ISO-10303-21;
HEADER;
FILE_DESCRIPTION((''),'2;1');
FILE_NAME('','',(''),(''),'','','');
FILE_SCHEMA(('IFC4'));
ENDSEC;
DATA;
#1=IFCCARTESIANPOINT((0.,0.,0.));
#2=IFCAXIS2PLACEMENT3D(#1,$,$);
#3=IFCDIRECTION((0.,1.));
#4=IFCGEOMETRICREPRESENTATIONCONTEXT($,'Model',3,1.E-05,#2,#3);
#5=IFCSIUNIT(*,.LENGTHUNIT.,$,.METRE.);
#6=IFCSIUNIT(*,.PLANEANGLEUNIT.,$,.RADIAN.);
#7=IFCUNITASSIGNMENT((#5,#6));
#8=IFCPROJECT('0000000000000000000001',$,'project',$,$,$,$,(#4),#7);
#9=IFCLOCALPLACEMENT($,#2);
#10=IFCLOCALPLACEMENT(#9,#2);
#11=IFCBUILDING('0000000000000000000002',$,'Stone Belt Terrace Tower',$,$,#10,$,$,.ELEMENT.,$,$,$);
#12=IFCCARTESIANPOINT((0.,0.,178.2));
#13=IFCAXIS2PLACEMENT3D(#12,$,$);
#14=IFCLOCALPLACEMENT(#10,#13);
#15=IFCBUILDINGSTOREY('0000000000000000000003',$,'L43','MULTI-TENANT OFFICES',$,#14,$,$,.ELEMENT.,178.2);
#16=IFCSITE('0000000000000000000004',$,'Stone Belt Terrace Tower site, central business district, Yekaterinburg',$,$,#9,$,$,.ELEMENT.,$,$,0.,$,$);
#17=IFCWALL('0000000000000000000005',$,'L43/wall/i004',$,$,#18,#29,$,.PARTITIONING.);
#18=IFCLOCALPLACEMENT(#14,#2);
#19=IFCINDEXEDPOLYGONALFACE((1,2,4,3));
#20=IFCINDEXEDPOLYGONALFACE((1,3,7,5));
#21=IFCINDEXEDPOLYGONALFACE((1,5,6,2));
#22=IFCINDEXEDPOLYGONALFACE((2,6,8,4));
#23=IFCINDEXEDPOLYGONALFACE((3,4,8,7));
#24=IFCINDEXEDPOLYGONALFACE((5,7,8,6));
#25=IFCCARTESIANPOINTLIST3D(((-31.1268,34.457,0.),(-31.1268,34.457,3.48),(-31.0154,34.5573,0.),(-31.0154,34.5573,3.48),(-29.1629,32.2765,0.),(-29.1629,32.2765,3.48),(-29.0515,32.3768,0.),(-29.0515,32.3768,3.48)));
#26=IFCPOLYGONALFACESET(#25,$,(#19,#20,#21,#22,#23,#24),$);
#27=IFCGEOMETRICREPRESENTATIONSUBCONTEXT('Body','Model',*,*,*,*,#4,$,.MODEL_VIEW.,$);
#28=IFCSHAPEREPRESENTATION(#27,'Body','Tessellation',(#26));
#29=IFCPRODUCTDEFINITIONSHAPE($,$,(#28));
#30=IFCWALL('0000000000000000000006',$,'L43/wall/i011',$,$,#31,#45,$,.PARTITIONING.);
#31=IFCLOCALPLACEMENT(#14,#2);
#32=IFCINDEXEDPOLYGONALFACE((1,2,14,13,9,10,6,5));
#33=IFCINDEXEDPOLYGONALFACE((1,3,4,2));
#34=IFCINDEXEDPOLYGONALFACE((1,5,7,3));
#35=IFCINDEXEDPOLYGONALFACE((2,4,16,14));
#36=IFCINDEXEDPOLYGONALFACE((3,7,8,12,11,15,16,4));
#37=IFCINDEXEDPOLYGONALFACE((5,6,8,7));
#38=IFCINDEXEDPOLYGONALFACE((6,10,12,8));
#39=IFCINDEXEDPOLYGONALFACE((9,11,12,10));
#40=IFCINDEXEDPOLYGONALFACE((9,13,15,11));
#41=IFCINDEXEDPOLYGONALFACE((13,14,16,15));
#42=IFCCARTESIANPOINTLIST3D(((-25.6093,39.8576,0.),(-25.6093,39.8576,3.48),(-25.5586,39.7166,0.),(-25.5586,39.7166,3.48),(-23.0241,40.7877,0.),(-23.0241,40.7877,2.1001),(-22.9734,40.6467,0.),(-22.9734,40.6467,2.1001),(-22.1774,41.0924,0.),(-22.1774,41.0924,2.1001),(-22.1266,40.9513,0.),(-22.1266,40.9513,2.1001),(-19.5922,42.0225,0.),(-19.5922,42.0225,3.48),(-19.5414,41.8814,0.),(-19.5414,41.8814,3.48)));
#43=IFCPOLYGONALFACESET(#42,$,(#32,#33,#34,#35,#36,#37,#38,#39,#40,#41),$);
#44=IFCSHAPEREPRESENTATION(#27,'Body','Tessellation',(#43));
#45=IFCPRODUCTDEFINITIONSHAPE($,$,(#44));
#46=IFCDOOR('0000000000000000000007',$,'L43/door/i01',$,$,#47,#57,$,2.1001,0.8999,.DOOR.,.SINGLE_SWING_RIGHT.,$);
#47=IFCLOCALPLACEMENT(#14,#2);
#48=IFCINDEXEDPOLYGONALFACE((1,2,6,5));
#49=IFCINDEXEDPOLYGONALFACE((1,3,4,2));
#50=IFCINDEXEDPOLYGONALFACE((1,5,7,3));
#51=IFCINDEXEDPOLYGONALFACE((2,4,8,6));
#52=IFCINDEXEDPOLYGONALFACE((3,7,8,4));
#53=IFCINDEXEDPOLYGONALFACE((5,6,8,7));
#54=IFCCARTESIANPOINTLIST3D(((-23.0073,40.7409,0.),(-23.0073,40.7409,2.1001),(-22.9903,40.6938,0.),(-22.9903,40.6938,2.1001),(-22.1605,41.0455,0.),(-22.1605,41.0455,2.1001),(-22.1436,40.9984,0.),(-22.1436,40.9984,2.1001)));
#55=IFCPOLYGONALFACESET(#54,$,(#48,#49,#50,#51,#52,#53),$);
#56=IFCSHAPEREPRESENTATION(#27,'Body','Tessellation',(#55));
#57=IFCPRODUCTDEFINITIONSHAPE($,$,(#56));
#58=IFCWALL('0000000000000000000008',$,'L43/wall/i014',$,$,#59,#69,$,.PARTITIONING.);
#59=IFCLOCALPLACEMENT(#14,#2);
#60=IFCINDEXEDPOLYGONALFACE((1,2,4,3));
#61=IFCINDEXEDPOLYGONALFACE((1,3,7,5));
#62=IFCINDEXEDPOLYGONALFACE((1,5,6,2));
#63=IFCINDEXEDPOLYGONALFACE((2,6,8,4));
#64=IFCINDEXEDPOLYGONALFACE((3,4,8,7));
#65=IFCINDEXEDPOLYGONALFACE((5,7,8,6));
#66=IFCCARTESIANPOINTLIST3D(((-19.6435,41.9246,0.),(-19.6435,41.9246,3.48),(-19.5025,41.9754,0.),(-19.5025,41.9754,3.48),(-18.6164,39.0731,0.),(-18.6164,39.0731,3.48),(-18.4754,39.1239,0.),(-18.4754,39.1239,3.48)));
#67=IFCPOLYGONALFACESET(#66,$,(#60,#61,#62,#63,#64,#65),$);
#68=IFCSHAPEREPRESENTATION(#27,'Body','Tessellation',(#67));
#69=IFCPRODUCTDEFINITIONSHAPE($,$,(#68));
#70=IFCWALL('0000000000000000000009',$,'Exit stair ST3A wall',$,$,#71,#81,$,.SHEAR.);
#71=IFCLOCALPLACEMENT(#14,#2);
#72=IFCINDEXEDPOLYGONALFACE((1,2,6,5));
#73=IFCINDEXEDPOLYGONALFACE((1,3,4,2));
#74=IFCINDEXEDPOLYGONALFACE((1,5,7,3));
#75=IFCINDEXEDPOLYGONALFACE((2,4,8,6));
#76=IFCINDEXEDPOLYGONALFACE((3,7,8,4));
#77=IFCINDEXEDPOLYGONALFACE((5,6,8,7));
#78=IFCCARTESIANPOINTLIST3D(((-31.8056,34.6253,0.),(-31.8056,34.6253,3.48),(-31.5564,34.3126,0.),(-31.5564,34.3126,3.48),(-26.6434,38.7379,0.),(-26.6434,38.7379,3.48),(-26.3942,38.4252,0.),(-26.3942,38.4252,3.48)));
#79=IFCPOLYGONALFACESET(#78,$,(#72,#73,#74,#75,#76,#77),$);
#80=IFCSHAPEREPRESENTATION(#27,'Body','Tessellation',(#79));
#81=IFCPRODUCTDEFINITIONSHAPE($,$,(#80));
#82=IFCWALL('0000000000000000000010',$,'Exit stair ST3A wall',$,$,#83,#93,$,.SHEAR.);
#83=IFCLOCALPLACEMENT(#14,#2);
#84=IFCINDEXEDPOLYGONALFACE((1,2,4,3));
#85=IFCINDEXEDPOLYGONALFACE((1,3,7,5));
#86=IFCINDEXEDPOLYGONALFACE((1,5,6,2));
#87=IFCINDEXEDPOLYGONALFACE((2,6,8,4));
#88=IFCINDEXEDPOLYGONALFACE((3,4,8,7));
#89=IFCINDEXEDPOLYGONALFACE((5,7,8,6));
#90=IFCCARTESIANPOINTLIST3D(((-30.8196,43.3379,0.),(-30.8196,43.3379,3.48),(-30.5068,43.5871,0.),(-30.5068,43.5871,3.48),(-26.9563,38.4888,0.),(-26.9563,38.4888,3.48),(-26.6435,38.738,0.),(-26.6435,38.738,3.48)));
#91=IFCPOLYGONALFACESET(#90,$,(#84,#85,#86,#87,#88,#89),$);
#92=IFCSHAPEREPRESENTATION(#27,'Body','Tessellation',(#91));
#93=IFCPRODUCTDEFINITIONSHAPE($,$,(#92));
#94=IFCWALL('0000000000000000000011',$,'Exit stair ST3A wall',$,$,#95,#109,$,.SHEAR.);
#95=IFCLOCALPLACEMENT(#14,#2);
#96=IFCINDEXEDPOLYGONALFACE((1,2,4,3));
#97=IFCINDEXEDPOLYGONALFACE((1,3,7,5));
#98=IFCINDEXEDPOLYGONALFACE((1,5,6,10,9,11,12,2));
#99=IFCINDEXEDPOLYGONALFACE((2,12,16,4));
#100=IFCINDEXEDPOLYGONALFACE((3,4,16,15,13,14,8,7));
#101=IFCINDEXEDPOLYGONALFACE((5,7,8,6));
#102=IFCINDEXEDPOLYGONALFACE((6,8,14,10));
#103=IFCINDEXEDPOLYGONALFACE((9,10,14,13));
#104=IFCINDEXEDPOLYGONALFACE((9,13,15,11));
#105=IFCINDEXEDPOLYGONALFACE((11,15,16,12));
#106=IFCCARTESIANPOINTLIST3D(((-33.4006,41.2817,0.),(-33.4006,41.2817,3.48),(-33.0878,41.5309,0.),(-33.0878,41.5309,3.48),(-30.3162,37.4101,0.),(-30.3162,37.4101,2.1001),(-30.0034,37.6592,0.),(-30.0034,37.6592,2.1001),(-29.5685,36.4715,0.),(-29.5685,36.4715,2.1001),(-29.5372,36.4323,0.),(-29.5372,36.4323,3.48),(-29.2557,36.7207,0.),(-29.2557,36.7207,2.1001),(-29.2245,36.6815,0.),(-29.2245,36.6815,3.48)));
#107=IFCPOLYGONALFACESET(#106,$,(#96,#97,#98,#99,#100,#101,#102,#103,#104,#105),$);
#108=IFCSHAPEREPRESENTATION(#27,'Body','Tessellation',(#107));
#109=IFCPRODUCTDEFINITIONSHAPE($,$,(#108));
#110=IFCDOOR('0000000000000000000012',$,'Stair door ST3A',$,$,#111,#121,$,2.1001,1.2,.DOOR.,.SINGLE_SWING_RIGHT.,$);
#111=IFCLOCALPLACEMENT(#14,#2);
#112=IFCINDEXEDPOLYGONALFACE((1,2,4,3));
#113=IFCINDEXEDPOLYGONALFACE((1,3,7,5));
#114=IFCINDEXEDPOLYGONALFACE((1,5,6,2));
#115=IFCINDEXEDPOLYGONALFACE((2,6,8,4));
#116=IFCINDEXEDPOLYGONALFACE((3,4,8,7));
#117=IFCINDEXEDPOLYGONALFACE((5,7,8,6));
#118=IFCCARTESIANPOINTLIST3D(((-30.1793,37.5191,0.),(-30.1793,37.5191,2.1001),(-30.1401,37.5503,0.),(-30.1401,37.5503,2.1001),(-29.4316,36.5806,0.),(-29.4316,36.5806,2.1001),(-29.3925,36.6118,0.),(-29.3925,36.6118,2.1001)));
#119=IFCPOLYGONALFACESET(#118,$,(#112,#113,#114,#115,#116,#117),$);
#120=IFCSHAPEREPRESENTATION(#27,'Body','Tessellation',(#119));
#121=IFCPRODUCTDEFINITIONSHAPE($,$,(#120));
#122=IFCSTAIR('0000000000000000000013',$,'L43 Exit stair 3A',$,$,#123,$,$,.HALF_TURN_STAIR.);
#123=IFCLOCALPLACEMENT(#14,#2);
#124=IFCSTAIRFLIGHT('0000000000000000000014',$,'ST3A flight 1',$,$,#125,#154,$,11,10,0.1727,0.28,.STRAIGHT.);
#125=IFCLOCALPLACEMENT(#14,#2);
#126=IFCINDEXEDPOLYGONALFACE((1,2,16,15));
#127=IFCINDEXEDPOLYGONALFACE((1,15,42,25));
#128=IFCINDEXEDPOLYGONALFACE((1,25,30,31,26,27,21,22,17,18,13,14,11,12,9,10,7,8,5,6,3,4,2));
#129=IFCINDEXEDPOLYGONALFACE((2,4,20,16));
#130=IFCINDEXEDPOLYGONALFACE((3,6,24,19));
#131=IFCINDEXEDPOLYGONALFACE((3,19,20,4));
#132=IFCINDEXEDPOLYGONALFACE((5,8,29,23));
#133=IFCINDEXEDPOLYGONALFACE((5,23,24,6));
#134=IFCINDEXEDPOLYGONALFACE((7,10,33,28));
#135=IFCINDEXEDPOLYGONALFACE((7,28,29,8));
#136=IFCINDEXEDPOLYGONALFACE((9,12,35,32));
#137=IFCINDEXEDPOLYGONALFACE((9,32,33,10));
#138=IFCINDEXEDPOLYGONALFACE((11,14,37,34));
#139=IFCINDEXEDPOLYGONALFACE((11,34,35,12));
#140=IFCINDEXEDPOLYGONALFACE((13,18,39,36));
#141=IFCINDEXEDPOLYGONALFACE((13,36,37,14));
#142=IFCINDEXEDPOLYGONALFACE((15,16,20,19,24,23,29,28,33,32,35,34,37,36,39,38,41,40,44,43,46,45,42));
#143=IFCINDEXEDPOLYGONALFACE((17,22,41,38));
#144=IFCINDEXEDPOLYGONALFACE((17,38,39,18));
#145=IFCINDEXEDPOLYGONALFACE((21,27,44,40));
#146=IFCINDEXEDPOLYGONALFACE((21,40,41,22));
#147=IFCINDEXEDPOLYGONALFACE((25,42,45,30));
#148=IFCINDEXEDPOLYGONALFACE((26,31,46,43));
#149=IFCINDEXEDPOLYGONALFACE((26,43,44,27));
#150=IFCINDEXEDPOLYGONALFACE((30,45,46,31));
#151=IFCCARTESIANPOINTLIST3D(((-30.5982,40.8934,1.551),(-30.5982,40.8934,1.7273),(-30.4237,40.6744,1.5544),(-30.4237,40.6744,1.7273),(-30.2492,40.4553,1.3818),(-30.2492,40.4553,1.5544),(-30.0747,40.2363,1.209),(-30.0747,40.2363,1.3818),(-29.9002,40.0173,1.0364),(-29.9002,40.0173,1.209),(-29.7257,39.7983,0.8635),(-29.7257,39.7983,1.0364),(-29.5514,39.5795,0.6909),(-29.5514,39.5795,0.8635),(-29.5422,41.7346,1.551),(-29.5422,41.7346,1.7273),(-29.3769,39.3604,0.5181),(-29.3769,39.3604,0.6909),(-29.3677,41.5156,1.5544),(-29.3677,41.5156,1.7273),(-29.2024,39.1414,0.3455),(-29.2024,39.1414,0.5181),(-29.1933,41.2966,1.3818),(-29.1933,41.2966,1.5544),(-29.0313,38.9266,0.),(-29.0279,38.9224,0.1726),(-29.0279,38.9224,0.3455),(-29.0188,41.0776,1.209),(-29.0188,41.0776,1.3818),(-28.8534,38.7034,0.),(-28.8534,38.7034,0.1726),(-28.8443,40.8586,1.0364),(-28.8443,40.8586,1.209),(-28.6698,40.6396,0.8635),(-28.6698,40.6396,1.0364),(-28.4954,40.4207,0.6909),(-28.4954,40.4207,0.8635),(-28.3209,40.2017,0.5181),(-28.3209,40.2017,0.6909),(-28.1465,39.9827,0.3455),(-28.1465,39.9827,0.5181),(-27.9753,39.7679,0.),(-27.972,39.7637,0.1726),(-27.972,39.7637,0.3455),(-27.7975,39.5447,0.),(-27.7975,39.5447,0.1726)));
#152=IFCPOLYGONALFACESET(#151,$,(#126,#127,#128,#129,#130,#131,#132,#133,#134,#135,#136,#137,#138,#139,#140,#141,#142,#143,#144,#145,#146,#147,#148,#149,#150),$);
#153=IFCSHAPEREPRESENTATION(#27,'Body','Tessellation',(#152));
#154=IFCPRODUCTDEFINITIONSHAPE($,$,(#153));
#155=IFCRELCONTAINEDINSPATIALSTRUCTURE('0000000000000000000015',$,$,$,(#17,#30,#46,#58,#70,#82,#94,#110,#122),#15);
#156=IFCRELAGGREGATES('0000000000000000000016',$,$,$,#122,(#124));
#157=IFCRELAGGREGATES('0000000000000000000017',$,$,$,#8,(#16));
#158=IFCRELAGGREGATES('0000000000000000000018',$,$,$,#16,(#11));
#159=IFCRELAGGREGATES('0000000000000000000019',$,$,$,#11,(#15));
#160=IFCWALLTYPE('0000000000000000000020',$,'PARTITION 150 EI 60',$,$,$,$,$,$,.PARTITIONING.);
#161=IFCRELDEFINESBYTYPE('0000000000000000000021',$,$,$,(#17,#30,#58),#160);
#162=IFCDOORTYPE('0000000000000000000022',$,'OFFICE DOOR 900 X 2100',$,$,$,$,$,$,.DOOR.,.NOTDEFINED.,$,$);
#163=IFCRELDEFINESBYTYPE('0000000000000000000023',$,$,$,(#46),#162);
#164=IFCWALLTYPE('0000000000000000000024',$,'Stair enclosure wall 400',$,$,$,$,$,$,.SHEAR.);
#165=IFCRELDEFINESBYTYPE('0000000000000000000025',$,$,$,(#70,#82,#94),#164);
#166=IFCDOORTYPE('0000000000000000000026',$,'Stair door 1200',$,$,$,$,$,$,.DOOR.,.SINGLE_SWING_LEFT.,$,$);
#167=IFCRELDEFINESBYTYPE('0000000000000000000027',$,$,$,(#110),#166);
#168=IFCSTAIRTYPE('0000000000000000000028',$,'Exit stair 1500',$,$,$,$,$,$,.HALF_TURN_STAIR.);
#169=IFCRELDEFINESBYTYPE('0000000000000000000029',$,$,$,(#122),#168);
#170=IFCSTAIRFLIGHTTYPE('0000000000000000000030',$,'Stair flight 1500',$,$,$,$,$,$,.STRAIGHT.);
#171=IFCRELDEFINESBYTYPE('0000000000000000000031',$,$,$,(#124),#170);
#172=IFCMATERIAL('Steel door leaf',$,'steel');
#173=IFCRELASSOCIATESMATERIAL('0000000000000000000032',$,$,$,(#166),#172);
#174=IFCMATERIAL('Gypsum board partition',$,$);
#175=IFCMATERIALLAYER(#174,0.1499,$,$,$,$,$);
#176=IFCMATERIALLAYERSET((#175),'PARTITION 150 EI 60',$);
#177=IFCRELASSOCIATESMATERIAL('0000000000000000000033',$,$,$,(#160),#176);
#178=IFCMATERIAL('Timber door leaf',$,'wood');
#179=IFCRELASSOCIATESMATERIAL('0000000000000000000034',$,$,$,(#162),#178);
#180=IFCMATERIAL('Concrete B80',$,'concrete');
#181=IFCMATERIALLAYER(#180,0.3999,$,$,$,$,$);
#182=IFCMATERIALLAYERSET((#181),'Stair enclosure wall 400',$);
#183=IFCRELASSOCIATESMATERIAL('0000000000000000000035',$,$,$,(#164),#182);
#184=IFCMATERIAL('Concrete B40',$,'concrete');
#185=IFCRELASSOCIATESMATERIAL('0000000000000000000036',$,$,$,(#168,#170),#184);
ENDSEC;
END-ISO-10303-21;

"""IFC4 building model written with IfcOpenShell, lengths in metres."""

from ifc_helpers import new_model, si_unit, direction, frame, frame_2d, origin, place, context, subcontext, project, spatial, polyline, rectangle, outline, extrude, material, layer, layer_set, type_object, element, fill, aggregate, save


model = new_model("IFC4")

# Units and contexts
model_context = context("Model", 3, precision=1e-05, world=origin(), true_north=direction((0.0, 1.0)))
body_context = subcontext(model_context, "Body", "Model", "MODEL_VIEW")
ifc_project = project(units=[si_unit("LENGTHUNIT", "METRE"), si_unit("PLANEANGLEUNIT", "RADIAN")], contexts=[model_context])

# Site, building, storey
site_placement = place(None, origin())
site = spatial("IfcSite", under=ifc_project, at=site_placement, Name="Stone Belt Terrace Tower site, central business district, Yekaterinburg", CompositionType="ELEMENT", RefElevation=0.0)
building_placement = place(site_placement, origin())
building = spatial("IfcBuilding", under=site, at=building_placement, Name="Stone Belt Terrace Tower", CompositionType="ELEMENT")
storey_placement = place(building_placement, frame((0.0, 0.0, 178.2)))
storey = spatial("IfcBuildingStorey", under=building, at=storey_placement, Name="L43", Description="MULTI-TENANT OFFICES", CompositionType="ELEMENT", Elevation=178.2)

# Shared definitions
ifc_material_1 = material(Name="Concrete B80", Category="concrete")

# Shared definitions
ifc_material_2 = material(Name="Concrete B40", Category="concrete")

# Shared definitions
ifc_material_3 = material(Name="Timber door leaf", Category="wood")
ifc_material_4 = material(Name="Steel door leaf", Category="steel")
door_type_1 = type_object("IfcDoorType", Name="Stair door 1200", OperationType="SINGLE_SWING_LEFT", PredefinedType="DOOR", material=ifc_material_4)

# Wall
ifc_material_5 = material(Name="Gypsum board partition")
ifc_layer_1 = layer(ifc_material_5, 0.1499)
ifc_layer_set_1 = layer_set([ifc_layer_1], Name="PARTITION 150 EI 60")
wall_type_1 = type_object("IfcWallType", Name="PARTITION 150 EI 60", PredefinedType="PARTITIONING", material=ifc_layer_set_1)
wall_1_placement = place(storey_placement, frame((-29.1072, 32.3267, 0.0), z_axis=(0.0, 0.0, 1.0), x_axis=(-0.669245, 0.743042, 0.0)))
element("IfcWall", 1, at=wall_1_placement, inside=storey, type_object=wall_type_1, Name="L43/wall/i004", PredefinedType="PARTITIONING", context=body_context, shape_type="SweptSolid", body=[
    extrude(rectangle(XDim=2.9346, YDim=0.1499, at=frame_2d((1.4673, 0.0))), origin(), (0.0, 0.0, 1.0), 3.48),
])

# Wall, opening, door
wall_2_placement = place(storey_placement, frame((-19.5669, 41.9519, 0.0), z_axis=(0.0, 0.0, 1.0), x_axis=(-0.940955, -0.338532, 0.0)))
wall_2 = element("IfcWall", 2, at=wall_2_placement, inside=storey, type_object=wall_type_1, Name="L43/wall/i011", PredefinedType="PARTITIONING", context=body_context, shape_type="SweptSolid", body=[
    extrude(rectangle(XDim=6.3948, YDim=0.1499, at=frame_2d((3.1973, 0.0))), origin(), (0.0, 0.0, 1.0), 3.48),
])
opening_1_placement = place(wall_2_placement, frame((2.7473, 0.0, 0.0)))
opening_1 = element("IfcOpeningElement", 3, at=opening_1_placement, cuts=wall_2, PredefinedType="OPENING", context=body_context, shape_type="SweptSolid", body=[
    extrude(rectangle(XDim=0.8999, YDim=2.1001, at=frame_2d((0.45, 1.05))), frame((0.0, 0.085, 0.0), z_axis=(0.0, -1.0, 0.0), x_axis=(1.0, 0.0, 0.0)), (0.0, 0.0, 1.0), 0.1699),
])
door_type_2 = type_object("IfcDoorType", Name="OFFICE DOOR 900 X 2100", OperationType="NOTDEFINED", PredefinedType="DOOR", material=ifc_material_3)
door_1_placement = place(opening_1_placement, origin())
door_1 = element("IfcDoor", 4, at=door_1_placement, inside=storey, type_object=door_type_2, Name="L43/door/i01", OperationType="SINGLE_SWING_RIGHT", OverallHeight=2.1001, OverallWidth=0.8999, PredefinedType="DOOR", context=body_context, shape_type="SweptSolid", body=[
    extrude(rectangle(XDim=0.8999, YDim=2.1001, at=frame_2d((0.45, 1.05))), frame((0.0, 0.0249, 0.0), z_axis=(0.0, -1.0, 0.0), x_axis=(1.0, 0.0, 0.0)), (0.0, 0.0, 1.0), 0.05),
])
fill(opening_1, door_1)

# Walls
wall_3_placement = place(storey_placement, frame((-19.573, 41.95, 0.0), z_axis=(0.0, 0.0, 1.0), x_axis=(0.338902, -0.940822, 0.0)))
element("IfcWall", 5, at=wall_3_placement, inside=storey, type_object=wall_type_1, Name="L43/wall/i014", PredefinedType="PARTITIONING", context=body_context, shape_type="SweptSolid", body=[
    extrude(rectangle(XDim=3.0308, YDim=0.1499, at=frame_2d((1.5154, 0.0))), origin(), (0.0, 0.0, 1.0), 3.48),
])
ifc_layer_2 = layer(ifc_material_1, 0.3999)
ifc_layer_set_2 = layer_set([ifc_layer_2], Name="Stair enclosure wall 400")
wall_type_2 = type_object("IfcWallType", Name="Stair enclosure wall 400", PredefinedType="SHEAR", material=ifc_layer_set_2)
wall_4_placement = place(storey_placement, frame((-26.5188, 38.5815, 0.0), z_axis=(0.0, 0.0, 1.0), x_axis=(-0.782134, -0.62311, 0.0)))
element("IfcWall", 6, at=wall_4_placement, inside=storey, type_object=wall_type_2, Name="Exit stair ST3A wall", PredefinedType="SHEAR", context=body_context, shape_type="SweptSolid", body=[
    extrude(rectangle(XDim=6.6001, YDim=0.3999, at=frame_2d((3.3, 0.0))), origin(), (0.0, 0.0, 1.0), 3.48),
])
wall_5_placement = place(storey_placement, frame((-26.7998, 38.6133, 0.0), z_axis=(0.0, 0.0, 1.0), x_axis=(-0.623119, 0.782127, 0.0)))
element("IfcWall", 7, at=wall_5_placement, inside=storey, type_object=wall_type_2, Name="Exit stair ST3A wall", PredefinedType="SHEAR", context=body_context, shape_type="SweptSolid", body=[
    extrude(rectangle(XDim=6.2, YDim=0.3999, at=frame_2d((3.1001, 0.0))), origin(), (0.0, 0.0, 1.0), 3.48),
])

# Wall, opening, door
wall_6_placement = place(storey_placement, frame((-29.3809, 36.5569, 0.0), z_axis=(0.0, 0.0, 1.0), x_axis=(-0.623099, 0.782143, 0.0)))
wall_6 = element("IfcWall", 8, at=wall_6_placement, inside=storey, type_object=wall_type_2, Name="Exit stair ST3A wall", PredefinedType="SHEAR", context=body_context, shape_type="SweptSolid", body=[
    extrude(rectangle(XDim=6.2002, YDim=0.3999, at=frame_2d((3.1001, 0.0))), origin(), (0.0, 0.0, 1.0), 3.48),
])
opening_2_placement = place(wall_6_placement, frame((0.05, 0.0, 0.0)))
opening_2 = element("IfcOpeningElement", 9, at=opening_2_placement, cuts=wall_6, PredefinedType="OPENING", context=body_context, shape_type="SweptSolid", body=[
    extrude(rectangle(XDim=1.2, YDim=2.1001, at=frame_2d((0.6001, 1.05))), frame((0.0, 0.21, 0.0), z_axis=(0.0, -1.0, 0.0), x_axis=(1.0, 0.0, 0.0)), (0.0, 0.0, 1.0), 0.4199),
])
door_2_placement = place(opening_2_placement, origin())
door_2 = element("IfcDoor", 10, at=door_2_placement, inside=storey, type_object=door_type_1, Name="Stair door ST3A", OperationType="SINGLE_SWING_RIGHT", OverallHeight=2.1001, OverallWidth=1.2, PredefinedType="DOOR", context=body_context, shape_type="SweptSolid", body=[
    extrude(rectangle(XDim=1.2, YDim=2.1001, at=frame_2d((0.6001, 1.05))), frame((0.0, 0.0249, 0.0), z_axis=(0.0, -1.0, 0.0), x_axis=(1.0, 0.0, 0.0)), (0.0, 0.0, 1.0), 0.05),
])
fill(opening_2, door_2)

# Stair, stair flight
stair_type = type_object("IfcStairType", Name="Exit stair 1500", PredefinedType="HALF_TURN_STAIR", material=ifc_material_2)
stair_placement = place(storey_placement, origin())
stair = element("IfcStair", 11, at=stair_placement, inside=storey, type_object=stair_type, Name="L43 Exit stair 3A", PredefinedType="HALF_TURN_STAIR")
stair_flight_type = type_object("IfcStairFlightType", Name="Stair flight 1500", PredefinedType="STRAIGHT", material=ifc_material_2)
stair_flight_placement = place(storey_placement, frame((-28.3254, 39.124, 0.0), z_axis=(0.0, 0.0, 1.0), x_axis=(-0.623121, 0.782125, 0.0)))
stair_flight = element("IfcStairFlight", 12, at=stair_flight_placement, type_object=stair_flight_type, Name="ST3A flight 1", NumberOfRisers=11, NumberOfTreads=10, PredefinedType="STRAIGHT", RiserHeight=0.1727, TreadLength=0.28, context=body_context, shape_type="SweptSolid", body=[
    extrude(outline(polyline([(0.0, 0.0), (0.0, 0.1726), (0.28, 0.1726), (0.28, 0.3455), (0.5601, 0.3455), (0.5601, 0.5181), (0.8401, 0.5181), (0.8401, 0.6909), (1.1201, 0.6909), (1.1201, 0.8635), (1.3999, 0.8635), (1.3999, 1.0364), (1.6799, 1.0364), (1.6799, 1.209), (1.96, 1.209), (1.96, 1.3818), (2.24, 1.3818), (2.24, 1.5544), (2.52, 1.5544), (2.52, 1.7273), (2.8, 1.7273), (2.8, 1.8999), (2.8, 1.551), (0.2854, 0.0), (0.0, 0.0)])), frame((0.0, 0.675, 0.0), z_axis=(0.0, -1.0, 0.0), x_axis=(1.0, 0.0, 0.0)), (0.0, 0.0, 1.0), 1.3501),
])
aggregate(stair, [stair_flight])

save(model, "model.ifc")
